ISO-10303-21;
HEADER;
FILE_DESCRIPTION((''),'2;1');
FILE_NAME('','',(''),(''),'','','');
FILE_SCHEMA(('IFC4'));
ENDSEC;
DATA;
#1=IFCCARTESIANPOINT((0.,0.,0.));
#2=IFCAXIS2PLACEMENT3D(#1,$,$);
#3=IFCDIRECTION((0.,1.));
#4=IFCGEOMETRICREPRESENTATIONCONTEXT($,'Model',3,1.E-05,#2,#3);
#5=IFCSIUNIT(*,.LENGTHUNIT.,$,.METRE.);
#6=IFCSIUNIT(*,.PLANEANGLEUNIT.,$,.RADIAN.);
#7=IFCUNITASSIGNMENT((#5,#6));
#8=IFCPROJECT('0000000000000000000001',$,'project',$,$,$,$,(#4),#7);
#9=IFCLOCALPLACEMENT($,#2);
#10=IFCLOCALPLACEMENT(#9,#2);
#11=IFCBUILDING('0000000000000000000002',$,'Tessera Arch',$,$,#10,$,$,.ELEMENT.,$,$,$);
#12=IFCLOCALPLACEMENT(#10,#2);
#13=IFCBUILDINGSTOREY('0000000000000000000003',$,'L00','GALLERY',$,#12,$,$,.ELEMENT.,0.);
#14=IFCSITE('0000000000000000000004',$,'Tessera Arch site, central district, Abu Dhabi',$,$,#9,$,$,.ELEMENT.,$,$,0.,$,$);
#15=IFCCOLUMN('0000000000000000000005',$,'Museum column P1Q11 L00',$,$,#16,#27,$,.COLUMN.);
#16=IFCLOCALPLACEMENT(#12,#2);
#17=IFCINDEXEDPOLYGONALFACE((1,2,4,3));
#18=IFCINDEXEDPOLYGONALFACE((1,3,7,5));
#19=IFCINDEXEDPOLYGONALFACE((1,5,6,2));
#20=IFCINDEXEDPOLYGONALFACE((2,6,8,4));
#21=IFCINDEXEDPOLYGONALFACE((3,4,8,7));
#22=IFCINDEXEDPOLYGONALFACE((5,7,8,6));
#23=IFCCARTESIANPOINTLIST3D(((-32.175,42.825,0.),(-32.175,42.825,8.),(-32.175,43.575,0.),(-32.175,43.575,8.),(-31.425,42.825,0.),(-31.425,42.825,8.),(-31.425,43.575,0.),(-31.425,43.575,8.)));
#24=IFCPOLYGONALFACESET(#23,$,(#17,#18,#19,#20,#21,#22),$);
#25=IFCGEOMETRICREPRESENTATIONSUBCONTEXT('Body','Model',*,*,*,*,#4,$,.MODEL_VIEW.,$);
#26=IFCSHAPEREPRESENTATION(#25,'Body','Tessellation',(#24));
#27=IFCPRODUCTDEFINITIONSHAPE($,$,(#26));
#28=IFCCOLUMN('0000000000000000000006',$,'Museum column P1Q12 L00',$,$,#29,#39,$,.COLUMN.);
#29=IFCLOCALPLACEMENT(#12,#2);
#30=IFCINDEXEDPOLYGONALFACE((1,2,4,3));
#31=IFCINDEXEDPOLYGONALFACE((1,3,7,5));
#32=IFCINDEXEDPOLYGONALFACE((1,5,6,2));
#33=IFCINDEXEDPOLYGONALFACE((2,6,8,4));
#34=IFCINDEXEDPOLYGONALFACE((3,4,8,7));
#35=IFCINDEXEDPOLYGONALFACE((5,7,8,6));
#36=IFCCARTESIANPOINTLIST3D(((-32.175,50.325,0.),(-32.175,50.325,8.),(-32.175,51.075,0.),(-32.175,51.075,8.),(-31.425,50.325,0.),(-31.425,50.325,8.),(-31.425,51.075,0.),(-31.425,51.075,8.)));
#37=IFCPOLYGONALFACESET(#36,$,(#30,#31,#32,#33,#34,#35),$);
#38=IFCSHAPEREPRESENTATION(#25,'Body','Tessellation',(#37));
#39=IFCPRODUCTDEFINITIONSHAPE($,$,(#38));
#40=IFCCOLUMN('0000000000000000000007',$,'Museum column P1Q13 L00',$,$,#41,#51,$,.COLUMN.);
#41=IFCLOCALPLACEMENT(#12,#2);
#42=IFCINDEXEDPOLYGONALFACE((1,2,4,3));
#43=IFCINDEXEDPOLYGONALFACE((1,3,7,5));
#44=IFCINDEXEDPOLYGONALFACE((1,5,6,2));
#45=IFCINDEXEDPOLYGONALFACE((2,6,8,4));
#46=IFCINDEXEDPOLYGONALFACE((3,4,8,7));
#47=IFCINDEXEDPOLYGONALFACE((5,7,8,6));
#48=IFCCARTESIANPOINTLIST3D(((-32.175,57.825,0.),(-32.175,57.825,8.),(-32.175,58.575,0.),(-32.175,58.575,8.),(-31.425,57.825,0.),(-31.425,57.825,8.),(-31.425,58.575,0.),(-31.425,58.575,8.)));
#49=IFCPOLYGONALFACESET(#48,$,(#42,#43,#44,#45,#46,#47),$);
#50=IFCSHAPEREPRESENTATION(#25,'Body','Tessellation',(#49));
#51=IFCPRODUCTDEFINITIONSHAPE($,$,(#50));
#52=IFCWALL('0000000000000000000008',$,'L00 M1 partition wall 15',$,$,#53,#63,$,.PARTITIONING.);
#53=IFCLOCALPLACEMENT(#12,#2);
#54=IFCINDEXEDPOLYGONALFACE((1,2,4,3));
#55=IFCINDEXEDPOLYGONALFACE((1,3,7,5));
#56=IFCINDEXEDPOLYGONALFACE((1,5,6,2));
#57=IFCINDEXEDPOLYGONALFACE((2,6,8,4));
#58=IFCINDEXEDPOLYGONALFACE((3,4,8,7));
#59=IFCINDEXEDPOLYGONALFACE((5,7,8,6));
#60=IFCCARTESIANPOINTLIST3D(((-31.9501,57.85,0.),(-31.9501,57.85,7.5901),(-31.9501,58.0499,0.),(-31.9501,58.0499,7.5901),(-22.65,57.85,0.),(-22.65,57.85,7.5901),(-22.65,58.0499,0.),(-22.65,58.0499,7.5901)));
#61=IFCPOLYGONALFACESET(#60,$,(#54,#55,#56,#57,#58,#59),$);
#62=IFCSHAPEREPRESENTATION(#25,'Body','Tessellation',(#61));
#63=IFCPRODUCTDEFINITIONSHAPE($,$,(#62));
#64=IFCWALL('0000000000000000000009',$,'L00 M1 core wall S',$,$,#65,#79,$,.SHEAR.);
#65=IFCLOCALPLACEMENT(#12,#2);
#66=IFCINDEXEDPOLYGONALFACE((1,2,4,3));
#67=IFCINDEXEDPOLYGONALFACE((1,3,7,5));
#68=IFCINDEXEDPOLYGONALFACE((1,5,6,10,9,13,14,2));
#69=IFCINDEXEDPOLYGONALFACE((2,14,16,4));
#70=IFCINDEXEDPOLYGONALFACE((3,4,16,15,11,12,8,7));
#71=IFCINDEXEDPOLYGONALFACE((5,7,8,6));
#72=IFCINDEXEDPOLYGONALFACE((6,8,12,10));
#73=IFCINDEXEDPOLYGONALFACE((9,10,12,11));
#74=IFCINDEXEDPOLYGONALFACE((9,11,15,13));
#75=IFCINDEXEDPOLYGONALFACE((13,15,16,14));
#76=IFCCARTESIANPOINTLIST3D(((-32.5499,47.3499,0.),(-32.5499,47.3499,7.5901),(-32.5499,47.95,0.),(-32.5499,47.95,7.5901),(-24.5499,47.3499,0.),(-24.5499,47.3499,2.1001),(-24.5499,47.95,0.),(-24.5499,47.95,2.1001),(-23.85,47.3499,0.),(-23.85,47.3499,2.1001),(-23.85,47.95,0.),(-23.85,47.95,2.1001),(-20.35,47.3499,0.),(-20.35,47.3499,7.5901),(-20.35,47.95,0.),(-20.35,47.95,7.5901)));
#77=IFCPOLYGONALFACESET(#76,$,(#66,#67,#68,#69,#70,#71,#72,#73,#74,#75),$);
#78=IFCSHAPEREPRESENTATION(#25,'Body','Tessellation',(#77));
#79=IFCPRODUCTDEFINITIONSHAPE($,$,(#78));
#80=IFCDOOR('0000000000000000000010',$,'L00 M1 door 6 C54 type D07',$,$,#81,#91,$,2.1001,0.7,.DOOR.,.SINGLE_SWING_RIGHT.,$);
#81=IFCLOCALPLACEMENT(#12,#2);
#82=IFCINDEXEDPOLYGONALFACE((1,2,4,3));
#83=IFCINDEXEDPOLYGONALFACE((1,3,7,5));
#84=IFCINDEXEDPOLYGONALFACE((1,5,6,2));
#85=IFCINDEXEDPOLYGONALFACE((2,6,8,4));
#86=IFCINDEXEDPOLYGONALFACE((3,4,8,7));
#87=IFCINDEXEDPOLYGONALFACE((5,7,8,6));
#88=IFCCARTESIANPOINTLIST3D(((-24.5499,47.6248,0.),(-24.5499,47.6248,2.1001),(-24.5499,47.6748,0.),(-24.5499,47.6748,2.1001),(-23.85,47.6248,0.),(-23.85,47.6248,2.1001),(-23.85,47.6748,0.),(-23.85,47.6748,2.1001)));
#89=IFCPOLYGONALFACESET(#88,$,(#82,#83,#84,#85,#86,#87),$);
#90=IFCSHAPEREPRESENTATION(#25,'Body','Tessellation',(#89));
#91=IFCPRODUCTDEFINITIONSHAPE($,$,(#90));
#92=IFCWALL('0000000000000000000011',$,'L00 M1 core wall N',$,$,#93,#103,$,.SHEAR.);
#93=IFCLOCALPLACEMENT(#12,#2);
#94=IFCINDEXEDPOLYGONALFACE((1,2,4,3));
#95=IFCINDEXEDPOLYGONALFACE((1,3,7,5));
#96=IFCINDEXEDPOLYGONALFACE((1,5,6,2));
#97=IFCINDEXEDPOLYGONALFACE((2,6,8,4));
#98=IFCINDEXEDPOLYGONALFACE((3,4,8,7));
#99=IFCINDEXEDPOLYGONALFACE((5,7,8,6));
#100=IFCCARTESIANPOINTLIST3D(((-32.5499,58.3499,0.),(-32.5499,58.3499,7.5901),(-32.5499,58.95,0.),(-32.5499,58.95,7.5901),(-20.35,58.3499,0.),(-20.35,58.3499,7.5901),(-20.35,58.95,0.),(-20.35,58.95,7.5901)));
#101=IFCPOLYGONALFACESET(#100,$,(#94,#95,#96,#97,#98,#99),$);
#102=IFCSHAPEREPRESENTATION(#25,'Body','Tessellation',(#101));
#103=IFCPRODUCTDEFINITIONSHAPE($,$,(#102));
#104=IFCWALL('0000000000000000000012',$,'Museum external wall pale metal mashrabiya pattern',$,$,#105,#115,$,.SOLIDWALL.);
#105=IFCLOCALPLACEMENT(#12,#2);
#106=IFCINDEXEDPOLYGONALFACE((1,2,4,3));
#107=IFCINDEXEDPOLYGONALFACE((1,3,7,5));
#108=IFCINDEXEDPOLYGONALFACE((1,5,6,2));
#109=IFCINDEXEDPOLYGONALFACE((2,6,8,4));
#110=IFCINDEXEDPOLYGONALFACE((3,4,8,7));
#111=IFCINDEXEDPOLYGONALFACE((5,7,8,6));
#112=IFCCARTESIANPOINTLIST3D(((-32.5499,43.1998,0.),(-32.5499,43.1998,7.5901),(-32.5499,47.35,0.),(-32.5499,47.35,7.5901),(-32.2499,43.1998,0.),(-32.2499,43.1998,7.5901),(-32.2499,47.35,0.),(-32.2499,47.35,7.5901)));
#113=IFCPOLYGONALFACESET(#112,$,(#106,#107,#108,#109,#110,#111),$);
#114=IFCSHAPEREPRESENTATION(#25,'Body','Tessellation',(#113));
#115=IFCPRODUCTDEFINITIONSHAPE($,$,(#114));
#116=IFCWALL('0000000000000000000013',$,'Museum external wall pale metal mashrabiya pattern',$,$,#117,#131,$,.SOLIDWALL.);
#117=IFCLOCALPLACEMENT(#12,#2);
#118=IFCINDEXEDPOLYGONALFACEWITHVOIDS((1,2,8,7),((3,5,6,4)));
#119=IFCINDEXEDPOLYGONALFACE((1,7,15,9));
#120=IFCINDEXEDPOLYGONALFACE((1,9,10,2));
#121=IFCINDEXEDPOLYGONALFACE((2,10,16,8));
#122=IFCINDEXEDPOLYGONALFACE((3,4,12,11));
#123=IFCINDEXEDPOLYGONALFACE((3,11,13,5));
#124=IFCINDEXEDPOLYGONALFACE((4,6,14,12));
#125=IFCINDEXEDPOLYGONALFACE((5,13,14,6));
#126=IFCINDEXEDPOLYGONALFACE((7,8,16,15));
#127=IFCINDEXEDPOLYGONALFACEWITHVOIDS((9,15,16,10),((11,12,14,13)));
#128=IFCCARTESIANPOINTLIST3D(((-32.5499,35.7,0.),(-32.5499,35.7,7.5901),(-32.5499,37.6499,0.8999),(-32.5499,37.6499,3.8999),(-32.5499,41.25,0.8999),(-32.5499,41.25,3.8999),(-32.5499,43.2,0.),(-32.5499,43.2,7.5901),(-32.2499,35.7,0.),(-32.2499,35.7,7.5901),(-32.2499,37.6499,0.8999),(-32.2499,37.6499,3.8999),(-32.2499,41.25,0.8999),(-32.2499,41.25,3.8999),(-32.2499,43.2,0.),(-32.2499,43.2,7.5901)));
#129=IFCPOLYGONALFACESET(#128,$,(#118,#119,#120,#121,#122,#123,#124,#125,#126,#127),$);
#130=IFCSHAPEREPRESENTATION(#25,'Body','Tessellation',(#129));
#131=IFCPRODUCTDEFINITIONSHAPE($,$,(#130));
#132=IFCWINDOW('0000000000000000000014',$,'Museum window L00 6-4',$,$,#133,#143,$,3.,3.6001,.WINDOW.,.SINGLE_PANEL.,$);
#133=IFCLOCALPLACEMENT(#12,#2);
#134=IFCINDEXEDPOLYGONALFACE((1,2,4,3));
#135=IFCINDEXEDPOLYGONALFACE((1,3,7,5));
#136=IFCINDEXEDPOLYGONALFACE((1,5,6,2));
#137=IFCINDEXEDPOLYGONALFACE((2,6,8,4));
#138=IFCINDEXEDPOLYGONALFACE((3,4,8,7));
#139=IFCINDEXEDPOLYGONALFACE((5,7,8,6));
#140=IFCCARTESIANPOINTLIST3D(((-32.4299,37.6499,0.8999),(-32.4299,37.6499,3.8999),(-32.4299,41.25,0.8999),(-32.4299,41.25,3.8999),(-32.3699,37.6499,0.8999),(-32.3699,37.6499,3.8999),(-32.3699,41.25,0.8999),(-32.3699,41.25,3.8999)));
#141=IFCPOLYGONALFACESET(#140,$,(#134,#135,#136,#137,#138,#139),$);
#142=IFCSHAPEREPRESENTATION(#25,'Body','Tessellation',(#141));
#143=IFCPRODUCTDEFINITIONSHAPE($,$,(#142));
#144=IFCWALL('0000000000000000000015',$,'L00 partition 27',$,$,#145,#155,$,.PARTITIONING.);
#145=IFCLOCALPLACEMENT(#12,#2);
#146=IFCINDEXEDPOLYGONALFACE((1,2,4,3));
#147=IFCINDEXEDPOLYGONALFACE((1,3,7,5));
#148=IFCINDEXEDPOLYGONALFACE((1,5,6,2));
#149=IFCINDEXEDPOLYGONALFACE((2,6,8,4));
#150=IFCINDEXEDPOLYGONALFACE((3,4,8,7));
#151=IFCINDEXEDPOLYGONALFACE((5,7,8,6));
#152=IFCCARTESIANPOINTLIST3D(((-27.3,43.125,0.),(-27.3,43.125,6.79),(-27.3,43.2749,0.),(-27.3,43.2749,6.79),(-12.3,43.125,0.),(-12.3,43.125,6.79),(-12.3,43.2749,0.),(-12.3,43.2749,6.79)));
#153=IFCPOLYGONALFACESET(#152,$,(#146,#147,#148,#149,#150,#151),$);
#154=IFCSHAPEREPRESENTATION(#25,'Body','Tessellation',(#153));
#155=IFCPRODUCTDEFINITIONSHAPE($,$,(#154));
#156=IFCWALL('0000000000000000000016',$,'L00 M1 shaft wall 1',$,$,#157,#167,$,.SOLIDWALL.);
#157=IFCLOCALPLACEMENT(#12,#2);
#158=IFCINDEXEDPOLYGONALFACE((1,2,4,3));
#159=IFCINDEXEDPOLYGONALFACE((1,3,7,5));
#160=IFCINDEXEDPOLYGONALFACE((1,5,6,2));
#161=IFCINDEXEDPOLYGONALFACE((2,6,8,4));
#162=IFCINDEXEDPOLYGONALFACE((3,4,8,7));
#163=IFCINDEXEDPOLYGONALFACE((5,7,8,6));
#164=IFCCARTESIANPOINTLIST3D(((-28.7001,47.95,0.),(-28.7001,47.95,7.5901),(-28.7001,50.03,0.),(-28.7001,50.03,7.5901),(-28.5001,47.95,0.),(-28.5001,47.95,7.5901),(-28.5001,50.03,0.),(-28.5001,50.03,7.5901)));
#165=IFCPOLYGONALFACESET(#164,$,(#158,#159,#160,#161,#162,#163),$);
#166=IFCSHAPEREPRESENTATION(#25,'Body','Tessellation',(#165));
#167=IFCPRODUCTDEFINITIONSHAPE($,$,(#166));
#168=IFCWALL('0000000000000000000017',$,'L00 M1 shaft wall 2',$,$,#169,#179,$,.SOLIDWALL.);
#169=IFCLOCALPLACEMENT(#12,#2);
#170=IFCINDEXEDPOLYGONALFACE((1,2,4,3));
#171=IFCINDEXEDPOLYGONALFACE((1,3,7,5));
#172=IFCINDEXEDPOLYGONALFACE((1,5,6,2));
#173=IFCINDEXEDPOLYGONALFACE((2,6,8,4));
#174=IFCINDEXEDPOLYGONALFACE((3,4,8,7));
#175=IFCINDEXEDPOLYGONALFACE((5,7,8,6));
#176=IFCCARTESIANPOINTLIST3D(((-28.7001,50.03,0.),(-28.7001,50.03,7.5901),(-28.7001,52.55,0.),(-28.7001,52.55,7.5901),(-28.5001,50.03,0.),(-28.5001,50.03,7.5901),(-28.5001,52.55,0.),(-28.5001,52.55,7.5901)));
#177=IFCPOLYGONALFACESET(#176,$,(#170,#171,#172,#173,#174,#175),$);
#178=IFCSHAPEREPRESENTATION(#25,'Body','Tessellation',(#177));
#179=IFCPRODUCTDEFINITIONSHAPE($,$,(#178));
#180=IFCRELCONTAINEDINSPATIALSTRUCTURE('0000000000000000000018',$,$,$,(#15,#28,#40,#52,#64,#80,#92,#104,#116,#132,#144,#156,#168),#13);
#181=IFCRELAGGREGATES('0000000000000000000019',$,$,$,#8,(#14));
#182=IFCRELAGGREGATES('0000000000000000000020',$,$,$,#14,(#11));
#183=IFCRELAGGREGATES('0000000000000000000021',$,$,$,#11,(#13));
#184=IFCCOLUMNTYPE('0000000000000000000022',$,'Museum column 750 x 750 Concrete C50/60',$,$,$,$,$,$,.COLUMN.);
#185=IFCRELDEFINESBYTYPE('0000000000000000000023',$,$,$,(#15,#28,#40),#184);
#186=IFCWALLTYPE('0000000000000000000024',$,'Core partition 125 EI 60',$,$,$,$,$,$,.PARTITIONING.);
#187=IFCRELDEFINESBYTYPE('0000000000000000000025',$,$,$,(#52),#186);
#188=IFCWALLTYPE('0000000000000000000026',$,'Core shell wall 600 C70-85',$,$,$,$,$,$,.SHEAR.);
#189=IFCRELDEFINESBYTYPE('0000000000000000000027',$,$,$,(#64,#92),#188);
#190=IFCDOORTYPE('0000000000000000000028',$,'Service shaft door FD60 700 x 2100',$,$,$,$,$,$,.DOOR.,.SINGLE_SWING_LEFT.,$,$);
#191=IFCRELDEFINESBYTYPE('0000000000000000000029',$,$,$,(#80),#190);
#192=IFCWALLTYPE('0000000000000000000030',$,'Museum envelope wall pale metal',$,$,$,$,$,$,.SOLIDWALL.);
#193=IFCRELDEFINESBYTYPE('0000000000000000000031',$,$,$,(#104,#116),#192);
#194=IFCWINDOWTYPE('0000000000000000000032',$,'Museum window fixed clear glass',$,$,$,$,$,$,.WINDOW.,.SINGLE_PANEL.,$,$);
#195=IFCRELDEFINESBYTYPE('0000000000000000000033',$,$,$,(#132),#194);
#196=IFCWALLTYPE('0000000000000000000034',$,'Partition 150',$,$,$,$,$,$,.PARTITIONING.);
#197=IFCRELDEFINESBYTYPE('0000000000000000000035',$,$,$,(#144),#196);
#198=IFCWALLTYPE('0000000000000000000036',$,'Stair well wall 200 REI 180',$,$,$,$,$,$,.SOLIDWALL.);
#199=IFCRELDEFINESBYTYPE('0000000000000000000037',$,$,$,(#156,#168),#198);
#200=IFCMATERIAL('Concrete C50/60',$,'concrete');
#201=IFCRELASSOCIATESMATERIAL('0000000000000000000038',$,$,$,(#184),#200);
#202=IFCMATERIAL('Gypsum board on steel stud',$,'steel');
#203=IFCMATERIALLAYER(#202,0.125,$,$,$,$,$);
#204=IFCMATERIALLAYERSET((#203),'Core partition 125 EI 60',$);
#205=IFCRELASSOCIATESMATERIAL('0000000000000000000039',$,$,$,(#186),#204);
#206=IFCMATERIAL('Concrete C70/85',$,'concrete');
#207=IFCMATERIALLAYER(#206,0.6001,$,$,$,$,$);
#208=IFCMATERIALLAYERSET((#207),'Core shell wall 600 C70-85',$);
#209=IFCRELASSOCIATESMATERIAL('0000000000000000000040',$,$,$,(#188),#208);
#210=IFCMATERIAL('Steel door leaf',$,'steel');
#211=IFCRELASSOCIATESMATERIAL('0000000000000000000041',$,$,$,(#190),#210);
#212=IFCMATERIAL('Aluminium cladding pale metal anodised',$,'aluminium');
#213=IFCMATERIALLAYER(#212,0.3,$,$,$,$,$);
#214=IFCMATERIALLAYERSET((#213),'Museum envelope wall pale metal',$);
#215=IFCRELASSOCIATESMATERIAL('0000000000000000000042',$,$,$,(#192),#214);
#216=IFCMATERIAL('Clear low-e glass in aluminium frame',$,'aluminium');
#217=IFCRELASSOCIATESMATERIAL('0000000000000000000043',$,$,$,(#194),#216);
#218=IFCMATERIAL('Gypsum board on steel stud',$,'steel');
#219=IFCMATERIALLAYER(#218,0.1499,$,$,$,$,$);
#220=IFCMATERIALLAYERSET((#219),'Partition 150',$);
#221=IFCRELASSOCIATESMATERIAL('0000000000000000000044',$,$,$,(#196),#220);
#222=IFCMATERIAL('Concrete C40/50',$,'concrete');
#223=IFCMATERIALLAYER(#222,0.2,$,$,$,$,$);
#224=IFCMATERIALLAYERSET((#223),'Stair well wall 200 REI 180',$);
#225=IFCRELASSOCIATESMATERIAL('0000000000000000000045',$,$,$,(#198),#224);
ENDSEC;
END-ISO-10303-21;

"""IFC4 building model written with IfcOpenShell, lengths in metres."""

from ifc_helpers import new_model, si_unit, direction, frame, frame_2d, origin, origin_2d, place, context, subcontext, project, spatial, rectangle, extrude, material, layer, layer_set, material_profile, profile_set, type_object, element, fill, save


model = new_model("IFC4")

# Units and contexts
model_context = context("Model", 3, precision=1e-05, world=origin(), true_north=direction((0.0, 1.0)))
body_context = subcontext(model_context, "Body", "Model", "MODEL_VIEW")
ifc_project = project(units=[si_unit("LENGTHUNIT", "METRE"), si_unit("PLANEANGLEUNIT", "RADIAN")], contexts=[model_context])

# Site, building, storey
site_placement = place(None, origin())
site = spatial("IfcSite", under=ifc_project, at=site_placement, Name="Tessera Arch site, central district, Abu Dhabi", CompositionType="ELEMENT", RefElevation=0.0)
building_placement = place(site_placement, origin())
building = spatial("IfcBuilding", under=site, at=building_placement, Name="Tessera Arch", CompositionType="ELEMENT")
storey_placement = place(building_placement, origin())
storey = spatial("IfcBuildingStorey", under=building, at=storey_placement, Name="L00", Description="GALLERY", CompositionType="ELEMENT", Elevation=0.0)

# Columns
ifc_material_1 = material(Name="Concrete C50/60", Category="concrete")
ifc_material_profile = material_profile(ifc_material_1, rectangle(XDim=0.75, YDim=0.75, at=origin_2d()), Name="Museum column 750 x 750 Concrete C50/60")
ifc_profile_set = profile_set([ifc_material_profile], Name="Concrete C50/60")
column_type = type_object("IfcColumnType", Name="Museum column 750 x 750 Concrete C50/60", PredefinedType="COLUMN", material=ifc_profile_set)
for number, where, z_axis, x_axis, name in (
    (1, (-31.8, 43.2, 0.0), (0.0, 0.0, 1.0), (1.0, 0.0, 0.0), "Museum column P1Q11 L00"),
    (2, (-31.8, 50.7, 0.0), (0.0, 0.0, 1.0), (1.0, 0.0, 0.0), "Museum column P1Q12 L00"),
    (3, (-31.8, 58.2, 0.0), (0.0, 0.0, 1.0), (1.0, 0.0, 0.0), "Museum column P1Q13 L00"),
):
    element("IfcColumn", number, at=place(storey_placement, frame(where, z_axis=z_axis, x_axis=x_axis)), inside=storey, type_object=column_type, Name=name, PredefinedType="COLUMN", context=body_context, shape_type="SweptSolid", body=[
        extrude(rectangle(XDim=0.75, YDim=0.75, at=origin_2d()), origin(), (0.0, 0.0, 1.0), 8.0),
    ])

# Wall
ifc_material_2 = material(Name="Gypsum board on steel stud", Category="steel")
ifc_layer_1 = layer(ifc_material_2, 0.125)
ifc_layer_set_1 = layer_set([ifc_layer_1], Name="Core partition 125 EI 60")
wall_type_1 = type_object("IfcWallType", Name="Core partition 125 EI 60", PredefinedType="PARTITIONING", material=ifc_layer_set_1)
wall_1_placement = place(storey_placement, frame((-31.95, 57.95, 0.0), z_axis=(0.0, 0.0, 1.0), x_axis=(1.0, 0.0, 0.0)))
element("IfcWall", 4, at=wall_1_placement, inside=storey, type_object=wall_type_1, Name="L00 M1 partition wall 15", PredefinedType="PARTITIONING", context=body_context, shape_type="SweptSolid", body=[
    extrude(rectangle(XDim=9.3, YDim=0.2, at=frame_2d((4.6499, 0.0))), origin(), (0.0, 0.0, 1.0), 7.5901),
])

# Wall, opening, door
ifc_material_3 = material(Name="Concrete C70/85", Category="concrete")
ifc_layer_2 = layer(ifc_material_3, 0.6001)
ifc_layer_set_2 = layer_set([ifc_layer_2], Name="Core shell wall 600 C70-85")
wall_type_2 = type_object("IfcWallType", Name="Core shell wall 600 C70-85", PredefinedType="SHEAR", material=ifc_layer_set_2)
wall_2_placement = place(storey_placement, frame((-32.55, 47.6499, 0.0), z_axis=(0.0, 0.0, 1.0), x_axis=(1.0, 0.0, 0.0)))
wall_2 = element("IfcWall", 5, at=wall_2_placement, inside=storey, type_object=wall_type_2, Name="L00 M1 core wall S", PredefinedType="SHEAR", context=body_context, shape_type="SweptSolid", body=[
    extrude(rectangle(XDim=12.2, YDim=0.6001, at=frame_2d((6.1001, 0.0))), origin(), (0.0, 0.0, 1.0), 7.5901),
])
opening_1_placement = place(wall_2_placement, frame((8.0, 0.0, 0.0)))
opening_1 = element("IfcOpeningElement", 6, at=opening_1_placement, cuts=wall_2, PredefinedType="OPENING", context=body_context, shape_type="SweptSolid", body=[
    extrude(rectangle(XDim=0.7, YDim=2.1001, at=frame_2d((0.3501, 1.05))), frame((0.0, 0.3101, 0.0), z_axis=(0.0, -1.0, 0.0), x_axis=(1.0, 0.0, 0.0)), (0.0, 0.0, 1.0), 0.6201),
])
ifc_material_4 = material(Name="Steel door leaf", Category="steel")
door_type_1 = type_object("IfcDoorType", Name="Service shaft door FD60 700 x 2100", OperationType="SINGLE_SWING_LEFT", PredefinedType="DOOR", material=ifc_material_4)
door_1_placement = place(opening_1_placement, origin())
door_1 = element("IfcDoor", 7, at=door_1_placement, inside=storey, type_object=door_type_1, Name="L00 M1 door 6 C54 type D07", OperationType="SINGLE_SWING_RIGHT", OverallHeight=2.1001, OverallWidth=0.7, PredefinedType="DOOR", context=body_context, shape_type="SweptSolid", body=[
    extrude(rectangle(XDim=0.7, YDim=2.1001, at=frame_2d((0.3501, 1.05))), frame((0.0, 0.0249, 0.0), z_axis=(0.0, -1.0, 0.0), x_axis=(1.0, 0.0, 0.0)), (0.0, 0.0, 1.0), 0.05),
])
fill(opening_1, door_1)

# Wall
wall_3_placement = place(storey_placement, frame((-32.55, 58.6499, 0.0), z_axis=(0.0, 0.0, 1.0), x_axis=(1.0, 0.0, 0.0)))
element("IfcWall", 8, at=wall_3_placement, inside=storey, type_object=wall_type_2, Name="L00 M1 core wall N", PredefinedType="SHEAR", context=body_context, shape_type="SweptSolid", body=[
    extrude(rectangle(XDim=12.2, YDim=0.6001, at=frame_2d((6.1001, 0.0))), origin(), (0.0, 0.0, 1.0), 7.5901),
])

# Wall
ifc_material_5 = material(Name="Aluminium cladding pale metal anodised", Category="aluminium")
ifc_layer_3 = layer(ifc_material_5, 0.3)
ifc_layer_set_3 = layer_set([ifc_layer_3], Name="Museum envelope wall pale metal")
wall_type_3 = type_object("IfcWallType", Name="Museum envelope wall pale metal", PredefinedType="SOLIDWALL", material=ifc_layer_set_3)
wall_4_placement = place(storey_placement, frame((-32.3999, 47.3501, 0.0), z_axis=(0.0, 0.0, 1.0), x_axis=(0.0, -1.0, 0.0)))
element("IfcWall", 9, at=wall_4_placement, inside=storey, type_object=wall_type_3, Name="Museum external wall pale metal mashrabiya pattern", PredefinedType="SOLIDWALL", context=body_context, shape_type="SweptSolid", body=[
    extrude(rectangle(XDim=4.1501, YDim=0.3, at=frame_2d((2.0752, 0.0))), origin(), (0.0, 0.0, 1.0), 7.5901),
])

# Wall, opening, window
wall_5_placement = place(storey_placement, frame((-32.3999, 43.2, 0.0), z_axis=(0.0, 0.0, 1.0), x_axis=(0.0, -1.0, 0.0)))
wall_5 = element("IfcWall", 10, at=wall_5_placement, inside=storey, type_object=wall_type_3, Name="Museum external wall pale metal mashrabiya pattern", PredefinedType="SOLIDWALL", context=body_context, shape_type="SweptSolid", body=[
    extrude(rectangle(XDim=7.5, YDim=0.3, at=frame_2d((3.75, 0.0))), origin(), (0.0, 0.0, 1.0), 7.5901),
])
opening_2_placement = place(wall_5_placement, frame((1.95, 0.0, 0.8999)))
opening_2 = element("IfcOpeningElement", 11, at=opening_2_placement, cuts=wall_5, PredefinedType="OPENING", context=body_context, shape_type="SweptSolid", body=[
    extrude(rectangle(XDim=3.6001, YDim=3.0, at=frame_2d((1.8, 1.5))), frame((0.0, 0.1599, 0.0), z_axis=(0.0, -1.0, 0.0), x_axis=(1.0, 0.0, 0.0)), (0.0, 0.0, 1.0), 0.3201),
])
ifc_material_6 = material(Name="Clear low-e glass in aluminium frame", Category="aluminium")
window_type = type_object("IfcWindowType", Name="Museum window fixed clear glass", PartitioningType="SINGLE_PANEL", PredefinedType="WINDOW", material=ifc_material_6)
window_placement = place(opening_2_placement, origin())
window = element("IfcWindow", 12, at=window_placement, inside=storey, type_object=window_type, Name="Museum window L00 6-4", OverallHeight=3.0, OverallWidth=3.6001, PartitioningType="SINGLE_PANEL", PredefinedType="WINDOW", context=body_context, shape_type="SweptSolid", body=[
    extrude(rectangle(XDim=3.6001, YDim=3.0, at=frame_2d((1.8, 1.5))), frame((0.0, 0.03, 0.0), z_axis=(0.0, -1.0, 0.0), x_axis=(1.0, 0.0, 0.0)), (0.0, 0.0, 1.0), 0.0601),
])
fill(opening_2, window)

# Walls
ifc_material_7 = material(Name="Gypsum board on steel stud", Category="steel")
ifc_layer_4 = layer(ifc_material_7, 0.1499)
ifc_layer_set_4 = layer_set([ifc_layer_4], Name="Partition 150")
wall_type_4 = type_object("IfcWallType", Name="Partition 150", PredefinedType="PARTITIONING", material=ifc_layer_set_4)
wall_6_placement = place(storey_placement, frame((-27.3, 43.2, 0.0), z_axis=(0.0, 0.0, 1.0), x_axis=(1.0, 0.0, 0.0)))
element("IfcWall", 13, at=wall_6_placement, inside=storey, type_object=wall_type_4, Name="L00 partition 27", PredefinedType="PARTITIONING", context=body_context, shape_type="SweptSolid", body=[
    extrude(rectangle(XDim=15.0, YDim=0.1499, at=frame_2d((7.5, 0.0))), origin(), (0.0, 0.0, 1.0), 6.79),
])
ifc_material_8 = material(Name="Concrete C40/50", Category="concrete")
ifc_layer_5 = layer(ifc_material_8, 0.2)
ifc_layer_set_5 = layer_set([ifc_layer_5], Name="Stair well wall 200 REI 180")
wall_type_5 = type_object("IfcWallType", Name="Stair well wall 200 REI 180", PredefinedType="SOLIDWALL", material=ifc_layer_set_5)
wall_7_placement = place(storey_placement, frame((-28.6001, 47.95, 0.0), z_axis=(0.0, 0.0, 1.0), x_axis=(0.0, 1.0, 0.0)))
element("IfcWall", 14, at=wall_7_placement, inside=storey, type_object=wall_type_5, Name="L00 M1 shaft wall 1", PredefinedType="SOLIDWALL", context=body_context, shape_type="SweptSolid", body=[
    extrude(rectangle(XDim=2.0801, YDim=0.2, at=frame_2d((1.04, 0.0))), origin(), (0.0, 0.0, 1.0), 7.5901),
])
wall_8_placement = place(storey_placement, frame((-28.6001, 50.03, 0.0), z_axis=(0.0, 0.0, 1.0), x_axis=(0.0, 1.0, 0.0)))
element("IfcWall", 15, at=wall_8_placement, inside=storey, type_object=wall_type_5, Name="L00 M1 shaft wall 2", PredefinedType="SOLIDWALL", context=body_context, shape_type="SweptSolid", body=[
    extrude(rectangle(XDim=2.52, YDim=0.2, at=frame_2d((1.26, 0.0))), origin(), (0.0, 0.0, 1.0), 7.5901),
])

save(model, "model.ifc")
